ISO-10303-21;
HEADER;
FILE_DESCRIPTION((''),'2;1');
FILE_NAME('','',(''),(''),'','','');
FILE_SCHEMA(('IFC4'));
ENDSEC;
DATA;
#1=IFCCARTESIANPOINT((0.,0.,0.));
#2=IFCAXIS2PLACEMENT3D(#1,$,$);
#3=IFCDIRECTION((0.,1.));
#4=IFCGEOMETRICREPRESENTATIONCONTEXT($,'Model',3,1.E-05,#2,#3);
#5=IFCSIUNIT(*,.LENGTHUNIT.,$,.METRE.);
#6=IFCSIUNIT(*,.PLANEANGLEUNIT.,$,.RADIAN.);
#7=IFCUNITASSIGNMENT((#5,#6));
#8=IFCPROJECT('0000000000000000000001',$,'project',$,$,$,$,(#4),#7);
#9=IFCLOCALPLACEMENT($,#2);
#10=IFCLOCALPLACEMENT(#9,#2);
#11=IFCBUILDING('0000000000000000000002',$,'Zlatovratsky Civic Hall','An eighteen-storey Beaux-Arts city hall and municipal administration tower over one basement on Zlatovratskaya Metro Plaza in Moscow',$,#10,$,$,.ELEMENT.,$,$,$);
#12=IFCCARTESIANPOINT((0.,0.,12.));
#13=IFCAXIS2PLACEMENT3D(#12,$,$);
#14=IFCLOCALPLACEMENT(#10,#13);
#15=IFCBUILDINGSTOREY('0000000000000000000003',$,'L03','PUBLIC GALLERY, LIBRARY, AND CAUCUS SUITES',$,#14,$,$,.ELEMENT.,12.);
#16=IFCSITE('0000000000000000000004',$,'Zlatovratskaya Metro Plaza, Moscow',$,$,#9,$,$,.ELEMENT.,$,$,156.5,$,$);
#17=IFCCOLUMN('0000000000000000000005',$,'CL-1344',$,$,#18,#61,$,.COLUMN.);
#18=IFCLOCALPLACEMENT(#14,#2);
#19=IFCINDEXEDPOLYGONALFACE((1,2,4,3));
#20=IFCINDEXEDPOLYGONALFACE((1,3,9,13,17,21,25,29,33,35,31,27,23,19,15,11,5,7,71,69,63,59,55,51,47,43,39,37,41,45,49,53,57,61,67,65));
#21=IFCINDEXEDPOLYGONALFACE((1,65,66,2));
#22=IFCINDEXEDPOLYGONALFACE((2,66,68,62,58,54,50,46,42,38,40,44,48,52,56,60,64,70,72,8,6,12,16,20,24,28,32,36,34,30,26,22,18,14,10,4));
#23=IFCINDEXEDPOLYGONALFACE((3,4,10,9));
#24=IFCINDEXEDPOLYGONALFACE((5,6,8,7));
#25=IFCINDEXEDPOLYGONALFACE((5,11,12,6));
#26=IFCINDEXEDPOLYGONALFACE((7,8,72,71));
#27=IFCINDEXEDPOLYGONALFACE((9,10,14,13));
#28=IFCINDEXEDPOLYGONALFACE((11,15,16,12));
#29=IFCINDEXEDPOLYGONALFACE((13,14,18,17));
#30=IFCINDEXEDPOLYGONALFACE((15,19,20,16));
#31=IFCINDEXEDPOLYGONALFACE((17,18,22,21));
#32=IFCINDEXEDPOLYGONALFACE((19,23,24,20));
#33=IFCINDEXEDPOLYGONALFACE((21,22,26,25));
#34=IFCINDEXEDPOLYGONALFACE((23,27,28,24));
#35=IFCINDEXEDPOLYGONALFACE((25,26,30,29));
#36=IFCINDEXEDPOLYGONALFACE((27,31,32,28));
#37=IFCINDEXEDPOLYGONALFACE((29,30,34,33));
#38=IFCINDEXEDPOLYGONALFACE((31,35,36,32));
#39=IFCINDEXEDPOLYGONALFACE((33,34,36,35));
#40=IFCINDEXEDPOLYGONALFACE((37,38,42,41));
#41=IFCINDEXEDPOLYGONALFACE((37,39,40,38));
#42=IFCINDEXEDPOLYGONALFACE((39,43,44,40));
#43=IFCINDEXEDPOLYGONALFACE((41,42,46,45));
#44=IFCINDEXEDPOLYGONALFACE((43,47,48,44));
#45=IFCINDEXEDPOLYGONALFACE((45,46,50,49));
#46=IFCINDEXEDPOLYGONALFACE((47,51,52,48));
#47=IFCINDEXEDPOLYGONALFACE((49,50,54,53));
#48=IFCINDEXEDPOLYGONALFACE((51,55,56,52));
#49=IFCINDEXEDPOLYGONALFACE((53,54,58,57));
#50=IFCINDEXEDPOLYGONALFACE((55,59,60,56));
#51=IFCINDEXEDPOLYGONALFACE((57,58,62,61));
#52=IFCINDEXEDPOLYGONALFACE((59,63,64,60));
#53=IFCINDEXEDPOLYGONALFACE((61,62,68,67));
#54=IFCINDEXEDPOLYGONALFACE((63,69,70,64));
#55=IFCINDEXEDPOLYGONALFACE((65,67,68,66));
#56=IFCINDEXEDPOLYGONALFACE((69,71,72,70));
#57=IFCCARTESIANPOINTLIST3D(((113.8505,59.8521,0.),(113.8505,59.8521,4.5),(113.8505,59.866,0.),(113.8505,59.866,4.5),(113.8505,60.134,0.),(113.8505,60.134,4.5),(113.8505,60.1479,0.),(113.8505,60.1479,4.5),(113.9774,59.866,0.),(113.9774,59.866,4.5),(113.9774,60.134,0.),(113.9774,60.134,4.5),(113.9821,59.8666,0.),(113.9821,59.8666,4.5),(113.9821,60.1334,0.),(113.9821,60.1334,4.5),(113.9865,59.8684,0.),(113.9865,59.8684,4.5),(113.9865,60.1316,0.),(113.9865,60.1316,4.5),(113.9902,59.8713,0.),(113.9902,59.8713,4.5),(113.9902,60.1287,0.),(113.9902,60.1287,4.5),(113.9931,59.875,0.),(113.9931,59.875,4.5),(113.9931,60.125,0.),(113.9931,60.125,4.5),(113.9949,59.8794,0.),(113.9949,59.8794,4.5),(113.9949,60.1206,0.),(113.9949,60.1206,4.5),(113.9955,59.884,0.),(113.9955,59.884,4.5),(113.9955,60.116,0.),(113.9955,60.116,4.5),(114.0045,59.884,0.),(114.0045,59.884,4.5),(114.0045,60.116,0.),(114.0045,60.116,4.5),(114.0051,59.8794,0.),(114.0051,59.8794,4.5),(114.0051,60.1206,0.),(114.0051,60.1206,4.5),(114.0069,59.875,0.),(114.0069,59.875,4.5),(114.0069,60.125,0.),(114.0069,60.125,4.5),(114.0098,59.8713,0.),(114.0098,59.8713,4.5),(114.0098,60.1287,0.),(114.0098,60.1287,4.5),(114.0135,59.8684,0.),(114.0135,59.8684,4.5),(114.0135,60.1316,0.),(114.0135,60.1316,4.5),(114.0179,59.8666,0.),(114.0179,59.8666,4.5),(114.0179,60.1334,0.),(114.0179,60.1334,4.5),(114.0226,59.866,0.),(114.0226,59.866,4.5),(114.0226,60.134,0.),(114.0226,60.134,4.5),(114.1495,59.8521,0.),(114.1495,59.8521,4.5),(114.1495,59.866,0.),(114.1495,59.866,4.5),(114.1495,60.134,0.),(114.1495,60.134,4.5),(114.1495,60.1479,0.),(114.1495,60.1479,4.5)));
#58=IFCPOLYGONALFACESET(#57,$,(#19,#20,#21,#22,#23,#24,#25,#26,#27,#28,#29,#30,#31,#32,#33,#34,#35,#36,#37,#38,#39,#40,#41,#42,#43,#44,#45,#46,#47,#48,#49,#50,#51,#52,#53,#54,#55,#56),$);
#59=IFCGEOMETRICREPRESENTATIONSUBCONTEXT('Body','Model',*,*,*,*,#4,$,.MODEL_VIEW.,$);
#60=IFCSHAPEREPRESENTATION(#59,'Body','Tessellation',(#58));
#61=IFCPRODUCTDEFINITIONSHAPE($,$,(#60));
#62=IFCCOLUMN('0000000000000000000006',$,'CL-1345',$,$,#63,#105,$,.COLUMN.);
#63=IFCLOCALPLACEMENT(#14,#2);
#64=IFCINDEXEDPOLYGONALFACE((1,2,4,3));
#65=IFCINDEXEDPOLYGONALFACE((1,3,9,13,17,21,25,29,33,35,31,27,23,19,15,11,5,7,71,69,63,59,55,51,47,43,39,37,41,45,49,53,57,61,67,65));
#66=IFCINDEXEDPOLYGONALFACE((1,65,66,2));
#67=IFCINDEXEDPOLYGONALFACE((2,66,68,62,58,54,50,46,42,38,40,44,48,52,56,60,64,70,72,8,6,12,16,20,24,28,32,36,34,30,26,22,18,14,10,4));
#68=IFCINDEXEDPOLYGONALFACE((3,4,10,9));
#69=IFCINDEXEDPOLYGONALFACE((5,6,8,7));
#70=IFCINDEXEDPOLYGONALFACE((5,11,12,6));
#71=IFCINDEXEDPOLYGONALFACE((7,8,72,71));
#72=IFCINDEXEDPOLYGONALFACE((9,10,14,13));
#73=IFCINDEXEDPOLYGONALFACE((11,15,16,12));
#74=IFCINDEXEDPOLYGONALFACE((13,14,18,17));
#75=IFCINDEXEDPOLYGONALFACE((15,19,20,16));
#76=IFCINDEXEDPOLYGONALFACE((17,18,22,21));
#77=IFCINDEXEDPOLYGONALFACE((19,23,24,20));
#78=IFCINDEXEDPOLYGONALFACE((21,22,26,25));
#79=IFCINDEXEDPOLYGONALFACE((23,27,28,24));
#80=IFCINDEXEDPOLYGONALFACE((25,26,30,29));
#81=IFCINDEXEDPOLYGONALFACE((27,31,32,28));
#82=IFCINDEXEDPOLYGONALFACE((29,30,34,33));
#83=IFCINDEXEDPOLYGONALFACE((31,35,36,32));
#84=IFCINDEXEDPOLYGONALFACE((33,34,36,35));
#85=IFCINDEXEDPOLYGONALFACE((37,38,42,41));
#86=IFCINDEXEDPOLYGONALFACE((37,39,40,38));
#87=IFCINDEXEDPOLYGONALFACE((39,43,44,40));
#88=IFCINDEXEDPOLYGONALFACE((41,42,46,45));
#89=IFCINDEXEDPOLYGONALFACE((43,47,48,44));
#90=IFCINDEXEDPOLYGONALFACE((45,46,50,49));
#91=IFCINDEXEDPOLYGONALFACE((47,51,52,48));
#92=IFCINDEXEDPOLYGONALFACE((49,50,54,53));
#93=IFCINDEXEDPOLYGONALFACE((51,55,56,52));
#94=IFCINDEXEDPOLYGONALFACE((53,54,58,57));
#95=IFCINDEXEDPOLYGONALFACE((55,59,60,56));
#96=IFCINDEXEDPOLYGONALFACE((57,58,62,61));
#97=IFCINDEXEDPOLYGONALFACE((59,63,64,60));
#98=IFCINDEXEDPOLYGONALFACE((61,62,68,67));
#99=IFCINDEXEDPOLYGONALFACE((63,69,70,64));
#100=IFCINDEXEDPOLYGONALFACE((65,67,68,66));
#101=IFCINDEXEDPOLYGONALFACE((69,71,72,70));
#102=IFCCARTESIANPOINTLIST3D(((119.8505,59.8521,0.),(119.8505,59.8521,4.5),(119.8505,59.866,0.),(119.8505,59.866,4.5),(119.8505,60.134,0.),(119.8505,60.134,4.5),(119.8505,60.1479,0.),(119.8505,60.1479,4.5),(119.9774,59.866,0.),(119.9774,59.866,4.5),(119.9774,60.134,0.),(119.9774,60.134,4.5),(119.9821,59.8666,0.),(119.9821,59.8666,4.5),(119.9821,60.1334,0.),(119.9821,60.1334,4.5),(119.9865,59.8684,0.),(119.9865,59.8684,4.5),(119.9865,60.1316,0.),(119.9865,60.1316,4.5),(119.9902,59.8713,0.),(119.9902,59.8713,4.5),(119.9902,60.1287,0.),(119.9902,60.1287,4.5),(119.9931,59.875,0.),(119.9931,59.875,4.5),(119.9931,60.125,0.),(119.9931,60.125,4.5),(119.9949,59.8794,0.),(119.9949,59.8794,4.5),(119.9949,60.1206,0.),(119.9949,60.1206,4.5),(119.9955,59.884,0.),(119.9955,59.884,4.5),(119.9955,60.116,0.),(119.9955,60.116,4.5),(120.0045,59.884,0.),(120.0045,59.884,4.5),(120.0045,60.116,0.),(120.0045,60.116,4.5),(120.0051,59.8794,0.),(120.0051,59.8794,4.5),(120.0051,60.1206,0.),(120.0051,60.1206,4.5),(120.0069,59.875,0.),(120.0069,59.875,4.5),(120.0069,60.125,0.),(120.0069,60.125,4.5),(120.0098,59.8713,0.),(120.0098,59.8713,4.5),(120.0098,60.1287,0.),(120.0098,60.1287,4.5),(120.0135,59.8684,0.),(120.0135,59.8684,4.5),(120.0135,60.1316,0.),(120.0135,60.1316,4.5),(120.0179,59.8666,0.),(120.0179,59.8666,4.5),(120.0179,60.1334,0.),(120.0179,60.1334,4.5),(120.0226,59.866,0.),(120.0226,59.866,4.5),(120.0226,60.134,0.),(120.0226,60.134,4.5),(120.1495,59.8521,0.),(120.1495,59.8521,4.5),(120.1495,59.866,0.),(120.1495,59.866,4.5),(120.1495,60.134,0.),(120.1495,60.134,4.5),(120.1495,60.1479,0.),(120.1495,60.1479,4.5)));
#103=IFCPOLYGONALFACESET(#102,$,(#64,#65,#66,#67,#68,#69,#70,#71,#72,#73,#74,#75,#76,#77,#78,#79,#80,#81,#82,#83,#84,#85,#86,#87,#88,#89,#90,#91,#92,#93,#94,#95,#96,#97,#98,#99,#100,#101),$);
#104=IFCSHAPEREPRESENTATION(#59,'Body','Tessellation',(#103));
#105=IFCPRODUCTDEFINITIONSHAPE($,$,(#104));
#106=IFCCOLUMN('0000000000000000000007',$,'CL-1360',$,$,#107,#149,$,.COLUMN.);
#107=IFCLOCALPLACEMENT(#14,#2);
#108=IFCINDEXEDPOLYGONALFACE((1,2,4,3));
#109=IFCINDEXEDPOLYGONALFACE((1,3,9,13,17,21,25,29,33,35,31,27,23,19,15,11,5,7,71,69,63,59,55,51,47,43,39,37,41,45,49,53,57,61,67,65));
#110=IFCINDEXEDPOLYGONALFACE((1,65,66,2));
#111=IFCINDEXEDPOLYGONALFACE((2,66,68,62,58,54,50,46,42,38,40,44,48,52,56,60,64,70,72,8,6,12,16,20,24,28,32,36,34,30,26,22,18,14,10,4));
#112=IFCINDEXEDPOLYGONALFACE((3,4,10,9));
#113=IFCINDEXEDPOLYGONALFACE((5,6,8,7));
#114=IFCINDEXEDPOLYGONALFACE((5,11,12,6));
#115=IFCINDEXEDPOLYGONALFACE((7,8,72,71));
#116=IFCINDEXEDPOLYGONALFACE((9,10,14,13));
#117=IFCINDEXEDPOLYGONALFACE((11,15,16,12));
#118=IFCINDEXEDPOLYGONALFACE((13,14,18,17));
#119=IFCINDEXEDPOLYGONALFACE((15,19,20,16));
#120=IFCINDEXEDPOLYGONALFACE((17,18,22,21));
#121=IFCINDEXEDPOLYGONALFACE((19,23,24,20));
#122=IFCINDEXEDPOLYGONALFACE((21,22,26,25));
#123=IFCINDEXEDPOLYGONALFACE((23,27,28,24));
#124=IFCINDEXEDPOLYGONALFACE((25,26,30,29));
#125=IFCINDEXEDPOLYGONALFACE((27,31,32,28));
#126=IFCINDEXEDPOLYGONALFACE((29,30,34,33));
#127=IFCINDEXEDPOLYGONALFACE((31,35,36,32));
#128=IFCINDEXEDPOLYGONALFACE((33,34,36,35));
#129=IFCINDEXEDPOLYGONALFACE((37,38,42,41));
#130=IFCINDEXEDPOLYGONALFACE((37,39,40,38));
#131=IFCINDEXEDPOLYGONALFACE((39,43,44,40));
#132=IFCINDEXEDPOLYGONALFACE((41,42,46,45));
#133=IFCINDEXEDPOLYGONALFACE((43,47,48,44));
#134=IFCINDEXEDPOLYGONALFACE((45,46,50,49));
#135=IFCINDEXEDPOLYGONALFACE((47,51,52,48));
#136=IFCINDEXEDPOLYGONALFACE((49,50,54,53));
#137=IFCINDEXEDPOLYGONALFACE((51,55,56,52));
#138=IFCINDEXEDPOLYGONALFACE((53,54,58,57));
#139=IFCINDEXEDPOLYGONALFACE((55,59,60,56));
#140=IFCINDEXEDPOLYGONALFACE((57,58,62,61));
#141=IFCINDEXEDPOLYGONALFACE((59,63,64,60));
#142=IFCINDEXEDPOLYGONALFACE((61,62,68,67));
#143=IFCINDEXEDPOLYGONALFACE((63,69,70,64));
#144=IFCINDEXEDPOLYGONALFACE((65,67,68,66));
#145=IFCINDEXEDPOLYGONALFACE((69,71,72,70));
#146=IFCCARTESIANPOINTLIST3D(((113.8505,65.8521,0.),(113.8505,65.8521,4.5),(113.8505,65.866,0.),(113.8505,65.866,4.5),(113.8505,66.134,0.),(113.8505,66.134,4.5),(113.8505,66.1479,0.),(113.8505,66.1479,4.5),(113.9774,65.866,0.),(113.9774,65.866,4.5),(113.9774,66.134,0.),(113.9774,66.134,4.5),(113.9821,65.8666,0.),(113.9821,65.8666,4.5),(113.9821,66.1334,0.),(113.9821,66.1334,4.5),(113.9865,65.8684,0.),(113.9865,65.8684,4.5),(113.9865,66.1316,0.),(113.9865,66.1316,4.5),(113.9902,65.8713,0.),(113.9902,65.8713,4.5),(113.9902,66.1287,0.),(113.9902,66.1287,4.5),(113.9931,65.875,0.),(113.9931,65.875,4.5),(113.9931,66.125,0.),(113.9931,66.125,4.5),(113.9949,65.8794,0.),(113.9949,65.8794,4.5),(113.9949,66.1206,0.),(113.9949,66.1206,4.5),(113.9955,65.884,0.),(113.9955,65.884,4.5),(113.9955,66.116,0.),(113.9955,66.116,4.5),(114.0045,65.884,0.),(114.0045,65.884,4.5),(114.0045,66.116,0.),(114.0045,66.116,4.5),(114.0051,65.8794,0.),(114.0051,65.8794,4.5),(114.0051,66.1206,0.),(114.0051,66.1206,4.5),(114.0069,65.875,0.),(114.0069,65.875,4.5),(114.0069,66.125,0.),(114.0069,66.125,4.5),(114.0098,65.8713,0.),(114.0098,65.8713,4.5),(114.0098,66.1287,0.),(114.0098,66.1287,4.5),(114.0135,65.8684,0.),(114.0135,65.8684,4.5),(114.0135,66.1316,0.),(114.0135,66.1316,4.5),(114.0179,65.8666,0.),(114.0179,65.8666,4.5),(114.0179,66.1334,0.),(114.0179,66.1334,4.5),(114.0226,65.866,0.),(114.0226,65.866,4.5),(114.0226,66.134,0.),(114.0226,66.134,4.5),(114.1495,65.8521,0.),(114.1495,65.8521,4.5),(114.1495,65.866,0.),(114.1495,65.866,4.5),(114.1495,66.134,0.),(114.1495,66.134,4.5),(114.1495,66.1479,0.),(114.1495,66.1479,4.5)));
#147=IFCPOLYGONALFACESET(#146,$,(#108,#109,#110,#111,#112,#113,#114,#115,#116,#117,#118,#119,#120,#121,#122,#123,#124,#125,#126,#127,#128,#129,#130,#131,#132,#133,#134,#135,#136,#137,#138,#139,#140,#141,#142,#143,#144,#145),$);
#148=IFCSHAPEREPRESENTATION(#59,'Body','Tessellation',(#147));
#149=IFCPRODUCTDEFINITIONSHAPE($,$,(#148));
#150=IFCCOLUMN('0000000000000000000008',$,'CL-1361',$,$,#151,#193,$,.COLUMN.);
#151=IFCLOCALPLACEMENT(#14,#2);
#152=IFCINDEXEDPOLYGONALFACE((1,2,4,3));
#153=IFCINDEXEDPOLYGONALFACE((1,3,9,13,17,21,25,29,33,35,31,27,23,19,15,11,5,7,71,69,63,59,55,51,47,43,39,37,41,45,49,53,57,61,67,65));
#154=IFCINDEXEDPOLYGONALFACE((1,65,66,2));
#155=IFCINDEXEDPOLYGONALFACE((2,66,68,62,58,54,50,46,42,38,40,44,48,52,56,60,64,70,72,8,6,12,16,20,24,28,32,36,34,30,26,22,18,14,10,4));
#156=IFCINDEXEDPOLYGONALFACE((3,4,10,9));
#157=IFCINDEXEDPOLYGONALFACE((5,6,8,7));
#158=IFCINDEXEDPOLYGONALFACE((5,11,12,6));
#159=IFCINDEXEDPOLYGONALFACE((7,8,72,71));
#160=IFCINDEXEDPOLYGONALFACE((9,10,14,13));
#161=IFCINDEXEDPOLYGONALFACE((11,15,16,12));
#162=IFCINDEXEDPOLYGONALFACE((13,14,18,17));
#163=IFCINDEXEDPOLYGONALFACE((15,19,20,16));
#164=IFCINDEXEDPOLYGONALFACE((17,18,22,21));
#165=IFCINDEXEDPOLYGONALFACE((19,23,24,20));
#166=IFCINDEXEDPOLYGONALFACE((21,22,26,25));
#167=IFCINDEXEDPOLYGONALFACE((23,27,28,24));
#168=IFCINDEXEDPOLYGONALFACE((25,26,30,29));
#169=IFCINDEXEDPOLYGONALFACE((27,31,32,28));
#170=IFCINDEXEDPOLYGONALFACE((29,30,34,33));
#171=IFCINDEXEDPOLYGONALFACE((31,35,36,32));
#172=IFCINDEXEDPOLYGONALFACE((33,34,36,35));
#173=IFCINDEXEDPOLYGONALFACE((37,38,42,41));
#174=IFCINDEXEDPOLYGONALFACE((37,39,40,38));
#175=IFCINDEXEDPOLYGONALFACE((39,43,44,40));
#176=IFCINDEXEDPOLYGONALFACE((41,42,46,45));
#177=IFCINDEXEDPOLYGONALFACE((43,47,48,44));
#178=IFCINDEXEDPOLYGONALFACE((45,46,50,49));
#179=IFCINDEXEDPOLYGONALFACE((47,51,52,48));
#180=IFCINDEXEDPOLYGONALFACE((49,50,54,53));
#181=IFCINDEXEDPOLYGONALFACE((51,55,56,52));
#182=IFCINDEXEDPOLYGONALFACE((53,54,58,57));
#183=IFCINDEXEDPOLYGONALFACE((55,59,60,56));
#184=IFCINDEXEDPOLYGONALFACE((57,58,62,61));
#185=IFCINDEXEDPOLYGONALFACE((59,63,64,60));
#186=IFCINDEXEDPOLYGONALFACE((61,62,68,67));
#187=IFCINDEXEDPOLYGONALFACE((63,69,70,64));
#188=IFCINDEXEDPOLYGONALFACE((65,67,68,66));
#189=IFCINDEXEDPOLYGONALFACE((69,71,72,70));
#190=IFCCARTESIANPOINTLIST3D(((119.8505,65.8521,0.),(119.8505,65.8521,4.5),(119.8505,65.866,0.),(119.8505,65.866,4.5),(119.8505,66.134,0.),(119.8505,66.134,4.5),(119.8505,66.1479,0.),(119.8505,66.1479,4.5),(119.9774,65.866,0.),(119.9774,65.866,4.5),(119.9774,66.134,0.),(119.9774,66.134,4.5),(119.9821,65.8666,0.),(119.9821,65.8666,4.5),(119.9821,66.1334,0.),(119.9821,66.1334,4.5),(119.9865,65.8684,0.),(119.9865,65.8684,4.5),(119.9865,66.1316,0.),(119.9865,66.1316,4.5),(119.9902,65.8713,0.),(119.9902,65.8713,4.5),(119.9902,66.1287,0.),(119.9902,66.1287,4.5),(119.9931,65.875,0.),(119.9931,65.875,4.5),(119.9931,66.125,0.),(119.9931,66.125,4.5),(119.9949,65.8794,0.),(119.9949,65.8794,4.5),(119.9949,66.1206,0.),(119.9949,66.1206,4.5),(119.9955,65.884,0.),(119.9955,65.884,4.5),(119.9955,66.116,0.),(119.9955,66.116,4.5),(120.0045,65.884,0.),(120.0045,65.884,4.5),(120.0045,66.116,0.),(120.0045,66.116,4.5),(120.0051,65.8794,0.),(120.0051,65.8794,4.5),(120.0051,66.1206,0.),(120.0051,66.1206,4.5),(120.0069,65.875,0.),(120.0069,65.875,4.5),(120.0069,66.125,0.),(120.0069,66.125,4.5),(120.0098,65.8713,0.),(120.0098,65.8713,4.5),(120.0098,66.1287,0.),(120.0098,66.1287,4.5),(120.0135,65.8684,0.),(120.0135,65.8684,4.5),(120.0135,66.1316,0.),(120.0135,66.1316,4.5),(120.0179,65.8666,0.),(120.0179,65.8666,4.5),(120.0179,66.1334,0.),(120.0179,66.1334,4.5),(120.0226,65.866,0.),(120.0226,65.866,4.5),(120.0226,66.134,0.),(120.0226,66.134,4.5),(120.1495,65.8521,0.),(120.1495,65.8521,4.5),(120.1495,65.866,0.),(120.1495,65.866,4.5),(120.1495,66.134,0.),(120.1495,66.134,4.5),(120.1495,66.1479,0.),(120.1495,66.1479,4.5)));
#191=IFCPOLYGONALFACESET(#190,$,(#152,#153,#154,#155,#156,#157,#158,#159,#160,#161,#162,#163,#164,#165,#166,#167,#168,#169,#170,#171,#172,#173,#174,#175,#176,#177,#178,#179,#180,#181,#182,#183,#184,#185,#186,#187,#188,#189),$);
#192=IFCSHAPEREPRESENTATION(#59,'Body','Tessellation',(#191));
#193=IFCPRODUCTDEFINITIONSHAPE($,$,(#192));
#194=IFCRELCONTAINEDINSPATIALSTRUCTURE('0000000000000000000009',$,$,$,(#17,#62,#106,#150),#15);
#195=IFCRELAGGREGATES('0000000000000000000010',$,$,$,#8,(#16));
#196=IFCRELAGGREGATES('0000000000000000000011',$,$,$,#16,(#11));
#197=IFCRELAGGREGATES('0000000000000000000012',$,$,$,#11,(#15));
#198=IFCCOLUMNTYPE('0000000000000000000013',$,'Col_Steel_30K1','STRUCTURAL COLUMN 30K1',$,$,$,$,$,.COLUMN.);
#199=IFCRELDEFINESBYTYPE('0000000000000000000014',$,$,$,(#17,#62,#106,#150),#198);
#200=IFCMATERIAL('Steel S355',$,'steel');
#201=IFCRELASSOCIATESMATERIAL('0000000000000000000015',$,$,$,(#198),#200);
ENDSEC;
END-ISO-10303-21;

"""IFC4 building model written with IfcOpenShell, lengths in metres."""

from ifc_helpers import new_model, si_unit, direction, frame, origin, origin_2d, place, context, subcontext, project, spatial, i_section, extrude, material, material_profile, profile_set, type_object, element, save


model = new_model("IFC4")

# Units and contexts
model_context = context("Model", 3, precision=1e-05, world=origin(), true_north=direction((0.0, 1.0)))
body_context = subcontext(model_context, "Body", "Model", "MODEL_VIEW")
ifc_project = project(units=[si_unit("LENGTHUNIT", "METRE"), si_unit("PLANEANGLEUNIT", "RADIAN")], contexts=[model_context])

# Site, building, storey
site_placement = place(None, origin())
site = spatial("IfcSite", under=ifc_project, at=site_placement, Name="Zlatovratskaya Metro Plaza, Moscow", CompositionType="ELEMENT", RefElevation=156.5)
building_placement = place(site_placement, origin())
building = spatial("IfcBuilding", under=site, at=building_placement, Name="Zlatovratsky Civic Hall", Description="An eighteen-storey Beaux-Arts city hall and municipal administration tower over one basement on Zlatovratskaya Metro Plaza in Moscow", CompositionType="ELEMENT")
storey_placement = place(building_placement, frame((0.0, 0.0, 12.0)))
storey = spatial("IfcBuildingStorey", under=building, at=storey_placement, Name="L03", Description="PUBLIC GALLERY, LIBRARY, AND CAUCUS SUITES", CompositionType="ELEMENT", Elevation=12.0)

# Columns
ifc_material_1 = material(Name="Steel S355", Category="steel")
ifc_material_profile_1 = material_profile(ifc_material_1, i_section(OverallWidth=0.2991, OverallDepth=0.2959, WebThickness=0.009, FlangeThickness=0.0139, FilletRadius=0.0181, at=origin_2d()), Name="30K1")
ifc_profile_set_1 = profile_set([ifc_material_profile_1], Name="Steel S355")
column_type = type_object("IfcColumnType", Name="Col_Steel_30K1", Description="STRUCTURAL COLUMN 30K1", PredefinedType="COLUMN", material=ifc_profile_set_1)
for number, where, z_axis, x_axis, name in (
    (1, (114.0, 60.0, 0.0), (0.0, 0.0, 1.0), (1.0, 0.0, 0.0), "CL-1344"),
    (2, (120.0, 60.0, 0.0), (0.0, 0.0, 1.0), (1.0, 0.0, 0.0), "CL-1345"),
    (3, (114.0, 66.0, 0.0), (0.0, 0.0, 1.0), (1.0, 0.0, 0.0), "CL-1360"),
    (4, (120.0, 66.0, 0.0), (0.0, 0.0, 1.0), (1.0, 0.0, 0.0), "CL-1361"),
):
    element("IfcColumn", number, at=place(storey_placement, frame(where, z_axis=z_axis, x_axis=x_axis)), inside=storey, type_object=column_type, Name=name, PredefinedType="COLUMN", context=body_context, shape_type="SweptSolid", body=[
        extrude(i_section(OverallWidth=0.2991, OverallDepth=0.2959, WebThickness=0.009, FlangeThickness=0.0139, FilletRadius=0.0181, at=origin_2d()), origin(), (0.0, 0.0, 1.0), 4.5),
    ])

save(model, "model.ifc")
